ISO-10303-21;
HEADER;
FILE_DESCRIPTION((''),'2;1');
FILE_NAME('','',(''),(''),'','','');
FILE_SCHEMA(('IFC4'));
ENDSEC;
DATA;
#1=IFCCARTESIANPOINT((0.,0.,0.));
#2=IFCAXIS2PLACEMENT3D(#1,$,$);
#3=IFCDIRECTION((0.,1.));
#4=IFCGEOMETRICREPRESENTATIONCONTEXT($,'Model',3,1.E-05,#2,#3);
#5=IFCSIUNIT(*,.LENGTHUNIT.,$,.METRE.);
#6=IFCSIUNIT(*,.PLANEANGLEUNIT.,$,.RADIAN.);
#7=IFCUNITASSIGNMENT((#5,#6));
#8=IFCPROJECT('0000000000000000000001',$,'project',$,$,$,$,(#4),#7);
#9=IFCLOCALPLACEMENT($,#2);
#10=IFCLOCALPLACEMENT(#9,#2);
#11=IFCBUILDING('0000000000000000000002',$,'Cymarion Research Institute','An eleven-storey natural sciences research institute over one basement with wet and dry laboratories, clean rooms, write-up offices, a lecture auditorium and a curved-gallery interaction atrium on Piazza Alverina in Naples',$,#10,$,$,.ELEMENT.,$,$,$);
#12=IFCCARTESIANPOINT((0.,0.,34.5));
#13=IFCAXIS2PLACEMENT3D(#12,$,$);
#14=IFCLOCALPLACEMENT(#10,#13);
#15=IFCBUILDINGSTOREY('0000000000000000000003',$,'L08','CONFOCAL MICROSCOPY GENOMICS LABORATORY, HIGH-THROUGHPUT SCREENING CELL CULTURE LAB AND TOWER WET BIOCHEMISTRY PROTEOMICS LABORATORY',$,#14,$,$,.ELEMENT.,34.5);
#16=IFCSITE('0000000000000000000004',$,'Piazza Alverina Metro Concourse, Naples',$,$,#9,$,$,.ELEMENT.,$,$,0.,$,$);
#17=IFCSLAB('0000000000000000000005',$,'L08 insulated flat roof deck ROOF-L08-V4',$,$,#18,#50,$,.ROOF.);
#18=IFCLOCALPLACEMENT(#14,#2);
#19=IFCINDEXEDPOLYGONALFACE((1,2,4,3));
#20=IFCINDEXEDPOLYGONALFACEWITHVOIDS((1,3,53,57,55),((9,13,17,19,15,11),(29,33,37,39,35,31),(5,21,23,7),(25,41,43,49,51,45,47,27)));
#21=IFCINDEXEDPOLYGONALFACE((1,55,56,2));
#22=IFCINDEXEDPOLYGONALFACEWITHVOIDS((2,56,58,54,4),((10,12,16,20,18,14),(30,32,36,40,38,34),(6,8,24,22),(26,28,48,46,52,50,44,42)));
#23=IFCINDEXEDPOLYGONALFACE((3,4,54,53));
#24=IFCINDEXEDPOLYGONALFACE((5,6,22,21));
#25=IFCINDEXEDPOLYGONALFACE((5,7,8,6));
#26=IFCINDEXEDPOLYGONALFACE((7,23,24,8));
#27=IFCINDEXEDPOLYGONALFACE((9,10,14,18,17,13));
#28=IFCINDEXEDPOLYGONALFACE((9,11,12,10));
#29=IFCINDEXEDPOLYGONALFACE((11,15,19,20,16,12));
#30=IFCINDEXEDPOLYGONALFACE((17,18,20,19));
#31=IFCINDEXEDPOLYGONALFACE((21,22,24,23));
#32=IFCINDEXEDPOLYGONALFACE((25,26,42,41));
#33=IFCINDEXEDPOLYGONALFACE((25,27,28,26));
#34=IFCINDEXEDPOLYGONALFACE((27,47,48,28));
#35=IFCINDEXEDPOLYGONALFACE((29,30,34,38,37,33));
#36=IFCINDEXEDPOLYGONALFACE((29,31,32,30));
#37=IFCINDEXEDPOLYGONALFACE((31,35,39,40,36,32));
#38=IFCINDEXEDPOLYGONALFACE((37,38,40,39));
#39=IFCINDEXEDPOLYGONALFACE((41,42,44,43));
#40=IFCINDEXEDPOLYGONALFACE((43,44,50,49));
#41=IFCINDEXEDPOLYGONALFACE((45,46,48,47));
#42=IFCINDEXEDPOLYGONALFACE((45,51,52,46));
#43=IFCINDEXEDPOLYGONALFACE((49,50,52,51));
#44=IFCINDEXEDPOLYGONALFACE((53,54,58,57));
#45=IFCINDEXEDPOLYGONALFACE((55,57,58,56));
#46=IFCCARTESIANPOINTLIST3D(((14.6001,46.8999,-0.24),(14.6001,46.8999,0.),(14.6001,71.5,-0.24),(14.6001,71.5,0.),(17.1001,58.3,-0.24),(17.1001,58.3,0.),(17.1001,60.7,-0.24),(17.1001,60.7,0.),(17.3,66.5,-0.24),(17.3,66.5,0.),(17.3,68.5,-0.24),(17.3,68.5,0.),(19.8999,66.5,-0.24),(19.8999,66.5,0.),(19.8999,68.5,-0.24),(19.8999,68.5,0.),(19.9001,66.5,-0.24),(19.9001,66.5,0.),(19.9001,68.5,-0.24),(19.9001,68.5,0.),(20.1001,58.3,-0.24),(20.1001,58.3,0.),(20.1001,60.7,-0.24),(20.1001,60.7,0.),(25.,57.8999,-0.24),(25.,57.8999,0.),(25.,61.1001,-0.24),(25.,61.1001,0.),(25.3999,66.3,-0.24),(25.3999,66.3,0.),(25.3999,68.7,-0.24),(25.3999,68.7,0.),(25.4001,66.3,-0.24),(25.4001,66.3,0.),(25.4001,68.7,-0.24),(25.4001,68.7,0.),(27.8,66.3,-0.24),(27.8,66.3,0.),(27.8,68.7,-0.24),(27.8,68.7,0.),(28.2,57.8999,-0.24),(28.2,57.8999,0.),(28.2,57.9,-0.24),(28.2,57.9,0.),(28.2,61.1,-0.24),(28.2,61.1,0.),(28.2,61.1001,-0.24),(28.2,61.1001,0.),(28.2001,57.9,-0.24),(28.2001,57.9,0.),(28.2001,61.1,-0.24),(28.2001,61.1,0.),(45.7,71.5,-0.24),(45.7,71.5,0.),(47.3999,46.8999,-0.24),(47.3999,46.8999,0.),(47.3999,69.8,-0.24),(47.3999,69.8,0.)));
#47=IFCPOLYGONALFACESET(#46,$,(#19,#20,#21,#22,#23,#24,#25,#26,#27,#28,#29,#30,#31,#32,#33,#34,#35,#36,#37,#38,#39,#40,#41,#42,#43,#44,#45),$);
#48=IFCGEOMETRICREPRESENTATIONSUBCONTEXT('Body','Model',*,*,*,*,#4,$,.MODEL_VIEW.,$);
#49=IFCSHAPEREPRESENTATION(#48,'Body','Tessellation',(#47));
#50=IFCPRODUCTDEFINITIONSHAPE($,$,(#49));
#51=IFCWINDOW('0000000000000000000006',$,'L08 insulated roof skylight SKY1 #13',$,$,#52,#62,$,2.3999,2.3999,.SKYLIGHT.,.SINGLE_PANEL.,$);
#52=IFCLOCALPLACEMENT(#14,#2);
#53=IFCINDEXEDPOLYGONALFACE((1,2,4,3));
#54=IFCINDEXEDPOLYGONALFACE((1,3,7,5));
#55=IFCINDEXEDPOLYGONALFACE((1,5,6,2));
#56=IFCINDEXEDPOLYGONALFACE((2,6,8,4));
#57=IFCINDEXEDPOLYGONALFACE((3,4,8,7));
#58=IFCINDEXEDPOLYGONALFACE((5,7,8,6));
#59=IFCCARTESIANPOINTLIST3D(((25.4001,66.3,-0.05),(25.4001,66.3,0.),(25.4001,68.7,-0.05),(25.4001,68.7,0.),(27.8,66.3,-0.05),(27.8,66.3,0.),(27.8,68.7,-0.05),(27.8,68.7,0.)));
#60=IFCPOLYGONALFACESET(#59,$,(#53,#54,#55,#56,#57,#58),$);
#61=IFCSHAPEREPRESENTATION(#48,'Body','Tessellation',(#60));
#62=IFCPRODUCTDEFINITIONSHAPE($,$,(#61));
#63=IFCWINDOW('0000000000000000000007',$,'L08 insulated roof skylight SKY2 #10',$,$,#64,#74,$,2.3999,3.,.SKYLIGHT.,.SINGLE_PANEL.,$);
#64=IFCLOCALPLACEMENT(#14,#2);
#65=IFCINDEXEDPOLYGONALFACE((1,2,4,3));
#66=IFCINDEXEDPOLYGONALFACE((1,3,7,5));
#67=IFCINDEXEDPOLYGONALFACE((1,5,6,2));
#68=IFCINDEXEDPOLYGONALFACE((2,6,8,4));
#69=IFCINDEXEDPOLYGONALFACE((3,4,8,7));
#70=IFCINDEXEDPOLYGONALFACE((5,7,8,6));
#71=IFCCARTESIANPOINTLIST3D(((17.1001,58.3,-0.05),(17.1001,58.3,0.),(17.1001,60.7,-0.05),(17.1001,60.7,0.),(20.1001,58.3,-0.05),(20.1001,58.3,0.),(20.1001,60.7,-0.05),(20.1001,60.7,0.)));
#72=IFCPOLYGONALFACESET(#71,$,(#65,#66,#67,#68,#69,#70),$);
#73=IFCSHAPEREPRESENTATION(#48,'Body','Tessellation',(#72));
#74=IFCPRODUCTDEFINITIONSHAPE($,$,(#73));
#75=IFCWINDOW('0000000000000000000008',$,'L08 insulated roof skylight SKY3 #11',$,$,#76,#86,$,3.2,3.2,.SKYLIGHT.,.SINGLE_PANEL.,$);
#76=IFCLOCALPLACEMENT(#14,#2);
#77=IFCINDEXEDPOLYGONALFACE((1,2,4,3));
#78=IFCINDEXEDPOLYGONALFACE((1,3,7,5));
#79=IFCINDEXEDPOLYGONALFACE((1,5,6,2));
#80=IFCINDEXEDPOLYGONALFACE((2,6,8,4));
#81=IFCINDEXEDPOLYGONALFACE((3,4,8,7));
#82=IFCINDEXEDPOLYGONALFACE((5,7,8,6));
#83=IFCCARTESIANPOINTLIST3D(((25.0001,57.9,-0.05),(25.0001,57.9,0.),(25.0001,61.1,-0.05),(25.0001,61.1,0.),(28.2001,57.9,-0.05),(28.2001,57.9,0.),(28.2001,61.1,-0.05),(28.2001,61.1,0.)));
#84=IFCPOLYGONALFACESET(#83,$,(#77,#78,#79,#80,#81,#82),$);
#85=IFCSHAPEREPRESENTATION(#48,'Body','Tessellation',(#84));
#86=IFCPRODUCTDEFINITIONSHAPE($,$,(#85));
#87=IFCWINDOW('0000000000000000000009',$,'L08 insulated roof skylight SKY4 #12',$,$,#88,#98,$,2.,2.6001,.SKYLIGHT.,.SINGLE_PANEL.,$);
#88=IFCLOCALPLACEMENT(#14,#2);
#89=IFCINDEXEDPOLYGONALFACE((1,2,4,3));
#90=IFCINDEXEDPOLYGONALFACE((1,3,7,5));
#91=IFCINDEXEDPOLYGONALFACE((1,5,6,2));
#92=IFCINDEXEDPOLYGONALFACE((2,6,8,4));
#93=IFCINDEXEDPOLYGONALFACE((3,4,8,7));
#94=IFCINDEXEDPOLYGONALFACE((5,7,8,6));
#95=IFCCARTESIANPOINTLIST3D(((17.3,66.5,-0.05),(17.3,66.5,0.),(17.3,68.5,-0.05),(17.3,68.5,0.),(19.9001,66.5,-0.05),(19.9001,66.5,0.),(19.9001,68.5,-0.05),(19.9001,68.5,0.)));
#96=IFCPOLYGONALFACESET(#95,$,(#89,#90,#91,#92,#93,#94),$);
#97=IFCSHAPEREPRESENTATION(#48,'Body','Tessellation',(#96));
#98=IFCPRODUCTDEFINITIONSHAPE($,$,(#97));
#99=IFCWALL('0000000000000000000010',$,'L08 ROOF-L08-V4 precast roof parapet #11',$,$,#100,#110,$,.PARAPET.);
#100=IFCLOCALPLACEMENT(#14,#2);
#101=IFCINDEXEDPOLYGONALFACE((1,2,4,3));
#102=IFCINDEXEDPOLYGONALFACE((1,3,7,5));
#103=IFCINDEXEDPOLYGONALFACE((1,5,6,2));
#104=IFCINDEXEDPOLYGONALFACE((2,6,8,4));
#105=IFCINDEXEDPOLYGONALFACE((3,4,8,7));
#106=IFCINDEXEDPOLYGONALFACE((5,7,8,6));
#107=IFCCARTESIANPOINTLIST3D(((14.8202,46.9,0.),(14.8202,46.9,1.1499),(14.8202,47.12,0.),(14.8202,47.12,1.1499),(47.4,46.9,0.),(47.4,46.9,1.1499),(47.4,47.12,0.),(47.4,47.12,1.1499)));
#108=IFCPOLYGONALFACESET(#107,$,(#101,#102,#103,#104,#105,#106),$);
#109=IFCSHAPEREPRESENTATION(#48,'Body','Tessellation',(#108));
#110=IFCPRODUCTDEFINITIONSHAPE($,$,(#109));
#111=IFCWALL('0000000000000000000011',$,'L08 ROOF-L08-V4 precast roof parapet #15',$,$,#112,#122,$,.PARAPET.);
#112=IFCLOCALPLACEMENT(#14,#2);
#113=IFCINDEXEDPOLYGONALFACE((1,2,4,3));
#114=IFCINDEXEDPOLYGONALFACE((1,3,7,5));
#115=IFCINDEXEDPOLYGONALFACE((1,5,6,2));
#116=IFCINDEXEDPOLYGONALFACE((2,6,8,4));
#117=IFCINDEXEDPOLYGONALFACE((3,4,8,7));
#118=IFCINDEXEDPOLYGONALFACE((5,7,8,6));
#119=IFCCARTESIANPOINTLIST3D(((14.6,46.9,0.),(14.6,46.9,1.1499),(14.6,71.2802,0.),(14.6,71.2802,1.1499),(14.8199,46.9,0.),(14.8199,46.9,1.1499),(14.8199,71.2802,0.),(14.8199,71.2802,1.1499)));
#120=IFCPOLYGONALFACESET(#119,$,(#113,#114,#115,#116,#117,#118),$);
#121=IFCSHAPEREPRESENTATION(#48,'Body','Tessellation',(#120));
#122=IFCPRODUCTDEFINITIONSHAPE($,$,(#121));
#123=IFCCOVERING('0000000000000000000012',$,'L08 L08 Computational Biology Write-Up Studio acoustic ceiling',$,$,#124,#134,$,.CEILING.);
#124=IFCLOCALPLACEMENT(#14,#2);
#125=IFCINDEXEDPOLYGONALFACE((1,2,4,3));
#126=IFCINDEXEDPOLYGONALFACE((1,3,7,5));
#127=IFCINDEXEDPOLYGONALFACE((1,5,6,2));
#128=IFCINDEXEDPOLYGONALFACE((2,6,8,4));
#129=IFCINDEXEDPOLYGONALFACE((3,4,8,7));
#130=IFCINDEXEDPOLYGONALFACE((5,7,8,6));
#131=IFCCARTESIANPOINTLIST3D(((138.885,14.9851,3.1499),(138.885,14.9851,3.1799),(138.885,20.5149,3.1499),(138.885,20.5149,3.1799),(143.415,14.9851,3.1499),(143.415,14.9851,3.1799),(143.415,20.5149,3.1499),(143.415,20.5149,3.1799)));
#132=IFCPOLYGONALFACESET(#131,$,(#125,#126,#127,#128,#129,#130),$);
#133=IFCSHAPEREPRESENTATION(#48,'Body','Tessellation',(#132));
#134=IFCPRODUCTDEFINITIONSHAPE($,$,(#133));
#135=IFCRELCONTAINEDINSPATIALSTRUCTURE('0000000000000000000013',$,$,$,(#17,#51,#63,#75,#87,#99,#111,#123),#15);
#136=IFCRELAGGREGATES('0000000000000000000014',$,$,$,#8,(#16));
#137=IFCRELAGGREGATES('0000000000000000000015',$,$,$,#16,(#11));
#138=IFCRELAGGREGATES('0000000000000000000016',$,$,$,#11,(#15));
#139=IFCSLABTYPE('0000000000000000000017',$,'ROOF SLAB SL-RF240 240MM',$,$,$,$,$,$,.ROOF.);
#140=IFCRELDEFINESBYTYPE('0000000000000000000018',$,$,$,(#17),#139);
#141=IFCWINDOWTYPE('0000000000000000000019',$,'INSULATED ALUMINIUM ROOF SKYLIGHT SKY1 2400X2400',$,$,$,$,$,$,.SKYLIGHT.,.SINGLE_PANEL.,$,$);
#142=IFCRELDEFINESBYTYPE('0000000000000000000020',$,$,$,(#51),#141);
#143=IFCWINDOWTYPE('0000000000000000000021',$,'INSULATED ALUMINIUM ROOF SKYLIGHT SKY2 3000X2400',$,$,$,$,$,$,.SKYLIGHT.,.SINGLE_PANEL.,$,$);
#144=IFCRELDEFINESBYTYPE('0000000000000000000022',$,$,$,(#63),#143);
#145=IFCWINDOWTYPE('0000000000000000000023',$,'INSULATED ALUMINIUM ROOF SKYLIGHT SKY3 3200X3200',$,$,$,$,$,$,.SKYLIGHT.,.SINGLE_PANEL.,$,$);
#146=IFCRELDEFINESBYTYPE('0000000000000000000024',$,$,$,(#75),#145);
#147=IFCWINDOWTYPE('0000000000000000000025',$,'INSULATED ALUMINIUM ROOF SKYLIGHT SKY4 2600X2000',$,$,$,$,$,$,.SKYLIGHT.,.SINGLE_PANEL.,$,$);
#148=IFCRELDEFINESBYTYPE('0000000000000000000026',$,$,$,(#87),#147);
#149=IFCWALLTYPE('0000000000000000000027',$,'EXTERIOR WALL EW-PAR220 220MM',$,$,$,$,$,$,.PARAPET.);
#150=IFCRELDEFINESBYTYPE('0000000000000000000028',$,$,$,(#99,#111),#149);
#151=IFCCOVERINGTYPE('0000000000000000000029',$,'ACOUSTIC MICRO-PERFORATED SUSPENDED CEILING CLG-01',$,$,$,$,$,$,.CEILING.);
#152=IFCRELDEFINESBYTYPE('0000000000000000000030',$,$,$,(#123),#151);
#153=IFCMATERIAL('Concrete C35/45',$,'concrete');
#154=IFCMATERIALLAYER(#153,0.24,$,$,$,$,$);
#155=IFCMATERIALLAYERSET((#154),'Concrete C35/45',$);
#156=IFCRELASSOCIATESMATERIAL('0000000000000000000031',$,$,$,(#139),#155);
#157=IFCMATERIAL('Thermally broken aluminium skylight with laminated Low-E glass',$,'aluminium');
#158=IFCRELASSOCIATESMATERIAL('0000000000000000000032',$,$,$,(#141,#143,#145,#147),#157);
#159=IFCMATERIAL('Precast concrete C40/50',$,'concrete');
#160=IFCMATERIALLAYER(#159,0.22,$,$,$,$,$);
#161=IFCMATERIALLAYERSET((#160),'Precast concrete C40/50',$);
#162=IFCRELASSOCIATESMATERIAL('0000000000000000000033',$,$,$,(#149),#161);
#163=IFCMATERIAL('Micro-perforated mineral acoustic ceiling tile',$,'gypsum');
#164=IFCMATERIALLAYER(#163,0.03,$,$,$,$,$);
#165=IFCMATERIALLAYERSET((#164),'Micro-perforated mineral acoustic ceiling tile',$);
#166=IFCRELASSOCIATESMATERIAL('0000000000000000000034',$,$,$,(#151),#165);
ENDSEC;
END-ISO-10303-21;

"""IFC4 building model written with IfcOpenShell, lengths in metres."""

from ifc_helpers import new_model, si_unit, direction, frame, frame_2d, origin, origin_2d, place, context, subcontext, project, spatial, polyline, rectangle, outline, extrude, material, layer, layer_set, type_object, element, fill, save


model = new_model("IFC4")

# Units and contexts
model_context = context("Model", 3, precision=1e-05, world=origin(), true_north=direction((0.0, 1.0)))
body_context = subcontext(model_context, "Body", "Model", "MODEL_VIEW")
ifc_project = project(units=[si_unit("LENGTHUNIT", "METRE"), si_unit("PLANEANGLEUNIT", "RADIAN")], contexts=[model_context])

# Site, building, storey
site_placement = place(None, origin())
site = spatial("IfcSite", under=ifc_project, at=site_placement, Name="Piazza Alverina Metro Concourse, Naples", CompositionType="ELEMENT", RefElevation=0.0)
building_placement = place(site_placement, origin())
building = spatial("IfcBuilding", under=site, at=building_placement, Name="Cymarion Research Institute", Description="An eleven-storey natural sciences research institute over one basement with wet and dry laboratories, clean rooms, write-up offices, a lecture auditorium and a curved-gallery interaction atrium on Piazza Alverina in Naples", CompositionType="ELEMENT")
storey_placement = place(building_placement, frame((0.0, 0.0, 34.5)))
storey = spatial("IfcBuildingStorey", under=building, at=storey_placement, Name="L08", Description="CONFOCAL MICROSCOPY GENOMICS LABORATORY, HIGH-THROUGHPUT SCREENING CELL CULTURE LAB AND TOWER WET BIOCHEMISTRY PROTEOMICS LABORATORY", CompositionType="ELEMENT", Elevation=34.5)

# Shared definitions
ifc_material_1 = material(Name="Concrete C35/45", Category="concrete")

# Slab, openings, windows
ifc_layer_1 = layer(ifc_material_1, 0.24)
ifc_layer_set_1 = layer_set([ifc_layer_1], Name="Concrete C35/45")
slab_type_1 = type_object("IfcSlabType", Name="ROOF SLAB SL-RF240 240MM", PredefinedType="ROOF", material=ifc_layer_set_1)
slab_1_placement = place(storey_placement, frame((0.0, 0.0, -0.24)))
slab_1 = element("IfcSlab", 1, at=slab_1_placement, inside=storey, type_object=slab_type_1, Name="L08 insulated flat roof deck ROOF-L08-V4", PredefinedType="ROOF", context=body_context, shape_type="SweptSolid", body=[
    extrude(outline(polyline([(14.6001, 46.8999), (47.3999, 46.8999), (47.3999, 69.8), (45.7, 71.5), (14.6001, 71.5), (14.6001, 46.8999)]), holes=[polyline([(17.1001, 58.3), (17.1001, 60.7), (20.1001, 60.7), (20.1001, 58.3), (17.1001, 58.3)]), polyline([(25.0, 57.8999), (25.0, 61.1001), (28.2, 61.1001), (28.2, 57.8999), (25.0, 57.8999)]), polyline([(17.3, 66.5), (17.3, 68.5), (19.8999, 68.5), (19.8999, 66.5), (17.3, 66.5)]), polyline([(25.3999, 66.3), (25.3999, 68.7), (27.8, 68.7), (27.8, 66.3), (25.3999, 66.3)])]), origin(), (0.0, 0.0, 1.0), 0.24),
])
opening_1_placement = place(slab_1_placement, frame((18.6001, 59.5, 0.0)))
opening_1 = element("IfcOpeningElement", 2, at=opening_1_placement, cuts=slab_1, PredefinedType="OPENING", context=body_context, shape_type="SweptSolid", body=[
    extrude(rectangle(XDim=3.0, YDim=2.3999, at=origin_2d()), frame((0.0, 0.0, -0.01)), (0.0, 0.0, 1.0), 0.26),
])
opening_2_placement = place(slab_1_placement, frame((26.6001, 59.5, 0.0)))
opening_2 = element("IfcOpeningElement", 3, at=opening_2_placement, cuts=slab_1, PredefinedType="OPENING", context=body_context, shape_type="SweptSolid", body=[
    extrude(rectangle(XDim=3.2, YDim=3.2, at=origin_2d()), frame((0.0, 0.0, -0.01)), (0.0, 0.0, 1.0), 0.26),
])
opening_3_placement = place(slab_1_placement, frame((18.6001, 67.5, 0.0)))
opening_3 = element("IfcOpeningElement", 4, at=opening_3_placement, cuts=slab_1, PredefinedType="OPENING", context=body_context, shape_type="SweptSolid", body=[
    extrude(rectangle(XDim=2.6001, YDim=2.0, at=origin_2d()), frame((0.0, 0.0, -0.01)), (0.0, 0.0, 1.0), 0.26),
])
opening_4_placement = place(slab_1_placement, frame((26.6001, 67.5, 0.0)))
opening_4 = element("IfcOpeningElement", 5, at=opening_4_placement, cuts=slab_1, PredefinedType="OPENING", context=body_context, shape_type="SweptSolid", body=[
    extrude(rectangle(XDim=2.3999, YDim=2.3999, at=origin_2d()), frame((0.0, 0.0, -0.01)), (0.0, 0.0, 1.0), 0.26),
])
ifc_material_2 = material(Name="Thermally broken aluminium skylight with laminated Low-E glass", Category="aluminium")
window_type_1 = type_object("IfcWindowType", Name="INSULATED ALUMINIUM ROOF SKYLIGHT SKY1 2400X2400", PartitioningType="SINGLE_PANEL", PredefinedType="SKYLIGHT", material=ifc_material_2)
window_1_placement = place(opening_4_placement, frame((0.0, 0.0, 0.1899)))
window_1 = element("IfcWindow", 6, at=window_1_placement, inside=storey, type_object=window_type_1, Name="L08 insulated roof skylight SKY1 #13", OverallHeight=2.3999, OverallWidth=2.3999, PartitioningType="SINGLE_PANEL", PredefinedType="SKYLIGHT", context=body_context, shape_type="SweptSolid", body=[
    extrude(rectangle(XDim=2.3999, YDim=2.3999, at=origin_2d()), origin(), (0.0, 0.0, 1.0), 0.05),
])
fill(opening_4, window_1)
window_type_2 = type_object("IfcWindowType", Name="INSULATED ALUMINIUM ROOF SKYLIGHT SKY2 3000X2400", PartitioningType="SINGLE_PANEL", PredefinedType="SKYLIGHT", material=ifc_material_2)
window_2_placement = place(opening_1_placement, frame((0.0, 0.0, 0.1899)))
window_2 = element("IfcWindow", 7, at=window_2_placement, inside=storey, type_object=window_type_2, Name="L08 insulated roof skylight SKY2 #10", OverallHeight=2.3999, OverallWidth=3.0, PartitioningType="SINGLE_PANEL", PredefinedType="SKYLIGHT", context=body_context, shape_type="SweptSolid", body=[
    extrude(rectangle(XDim=3.0, YDim=2.3999, at=origin_2d()), origin(), (0.0, 0.0, 1.0), 0.05),
])
fill(opening_1, window_2)
window_type_3 = type_object("IfcWindowType", Name="INSULATED ALUMINIUM ROOF SKYLIGHT SKY3 3200X3200", PartitioningType="SINGLE_PANEL", PredefinedType="SKYLIGHT", material=ifc_material_2)
window_3_placement = place(opening_2_placement, frame((0.0, 0.0, 0.1899)))
window_3 = element("IfcWindow", 8, at=window_3_placement, inside=storey, type_object=window_type_3, Name="L08 insulated roof skylight SKY3 #11", OverallHeight=3.2, OverallWidth=3.2, PartitioningType="SINGLE_PANEL", PredefinedType="SKYLIGHT", context=body_context, shape_type="SweptSolid", body=[
    extrude(rectangle(XDim=3.2, YDim=3.2, at=origin_2d()), origin(), (0.0, 0.0, 1.0), 0.05),
])
fill(opening_2, window_3)
window_type_4 = type_object("IfcWindowType", Name="INSULATED ALUMINIUM ROOF SKYLIGHT SKY4 2600X2000", PartitioningType="SINGLE_PANEL", PredefinedType="SKYLIGHT", material=ifc_material_2)
window_4_placement = place(opening_3_placement, frame((0.0, 0.0, 0.1899)))
window_4 = element("IfcWindow", 9, at=window_4_placement, inside=storey, type_object=window_type_4, Name="L08 insulated roof skylight SKY4 #12", OverallHeight=2.0, OverallWidth=2.6001, PartitioningType="SINGLE_PANEL", PredefinedType="SKYLIGHT", context=body_context, shape_type="SweptSolid", body=[
    extrude(rectangle(XDim=2.6001, YDim=2.0, at=origin_2d()), origin(), (0.0, 0.0, 1.0), 0.05),
])
fill(opening_3, window_4)

# Walls
ifc_material_3 = material(Name="Precast concrete C40/50", Category="concrete")
ifc_layer_2 = layer(ifc_material_3, 0.22)
ifc_layer_set_2 = layer_set([ifc_layer_2], Name="Precast concrete C40/50")
wall_type = type_object("IfcWallType", Name="EXTERIOR WALL EW-PAR220 220MM", PredefinedType="PARAPET", material=ifc_layer_set_2)
wall_1_placement = place(storey_placement, frame((14.8201, 47.01, 0.0), z_axis=(0.0, 0.0, 1.0), x_axis=(1.0, 0.0, 0.0)))
element("IfcWall", 10, at=wall_1_placement, inside=storey, type_object=wall_type, Name="L08 ROOF-L08-V4 precast roof parapet #11", PredefinedType="PARAPET", context=body_context, shape_type="SweptSolid", body=[
    extrude(rectangle(XDim=32.5798, YDim=0.22, at=frame_2d((16.29, 0.0))), origin(), (0.0, 0.0, 1.0), 1.1499),
])
wall_2_placement = place(storey_placement, frame((14.71, 71.28, 0.0), z_axis=(0.0, 0.0, 1.0), x_axis=(0.0, -1.0, 0.0)))
element("IfcWall", 11, at=wall_2_placement, inside=storey, type_object=wall_type, Name="L08 ROOF-L08-V4 precast roof parapet #15", PredefinedType="PARAPET", context=body_context, shape_type="SweptSolid", body=[
    extrude(rectangle(XDim=24.3801, YDim=0.22, at=frame_2d((12.1899, 0.0))), origin(), (0.0, 0.0, 1.0), 1.1499),
])

# Covering
ifc_material_4 = material(Name="Micro-perforated mineral acoustic ceiling tile", Category="gypsum")
ifc_layer_3 = layer(ifc_material_4, 0.03)
ifc_layer_set_3 = layer_set([ifc_layer_3], Name="Micro-perforated mineral acoustic ceiling tile")
covering_type_1 = type_object("IfcCoveringType", Name="ACOUSTIC MICRO-PERFORATED SUSPENDED CEILING CLG-01", PredefinedType="CEILING", material=ifc_layer_set_3)
covering_1_placement = place(storey_placement, frame((0.0, 0.0, 3.1499)))
element("IfcCovering", 12, at=covering_1_placement, inside=storey, type_object=covering_type_1, Name="L08 L08 Computational Biology Write-Up Studio acoustic ceiling", PredefinedType="CEILING", context=body_context, shape_type="SweptSolid", body=[
    extrude(outline(polyline([(143.415, 20.5149), (143.415, 14.9851), (138.885, 14.9851), (138.885, 20.5149), (143.415, 20.5149)])), origin(), (0.0, 0.0, 1.0), 0.03),
])

save(model, "model.ifc")
